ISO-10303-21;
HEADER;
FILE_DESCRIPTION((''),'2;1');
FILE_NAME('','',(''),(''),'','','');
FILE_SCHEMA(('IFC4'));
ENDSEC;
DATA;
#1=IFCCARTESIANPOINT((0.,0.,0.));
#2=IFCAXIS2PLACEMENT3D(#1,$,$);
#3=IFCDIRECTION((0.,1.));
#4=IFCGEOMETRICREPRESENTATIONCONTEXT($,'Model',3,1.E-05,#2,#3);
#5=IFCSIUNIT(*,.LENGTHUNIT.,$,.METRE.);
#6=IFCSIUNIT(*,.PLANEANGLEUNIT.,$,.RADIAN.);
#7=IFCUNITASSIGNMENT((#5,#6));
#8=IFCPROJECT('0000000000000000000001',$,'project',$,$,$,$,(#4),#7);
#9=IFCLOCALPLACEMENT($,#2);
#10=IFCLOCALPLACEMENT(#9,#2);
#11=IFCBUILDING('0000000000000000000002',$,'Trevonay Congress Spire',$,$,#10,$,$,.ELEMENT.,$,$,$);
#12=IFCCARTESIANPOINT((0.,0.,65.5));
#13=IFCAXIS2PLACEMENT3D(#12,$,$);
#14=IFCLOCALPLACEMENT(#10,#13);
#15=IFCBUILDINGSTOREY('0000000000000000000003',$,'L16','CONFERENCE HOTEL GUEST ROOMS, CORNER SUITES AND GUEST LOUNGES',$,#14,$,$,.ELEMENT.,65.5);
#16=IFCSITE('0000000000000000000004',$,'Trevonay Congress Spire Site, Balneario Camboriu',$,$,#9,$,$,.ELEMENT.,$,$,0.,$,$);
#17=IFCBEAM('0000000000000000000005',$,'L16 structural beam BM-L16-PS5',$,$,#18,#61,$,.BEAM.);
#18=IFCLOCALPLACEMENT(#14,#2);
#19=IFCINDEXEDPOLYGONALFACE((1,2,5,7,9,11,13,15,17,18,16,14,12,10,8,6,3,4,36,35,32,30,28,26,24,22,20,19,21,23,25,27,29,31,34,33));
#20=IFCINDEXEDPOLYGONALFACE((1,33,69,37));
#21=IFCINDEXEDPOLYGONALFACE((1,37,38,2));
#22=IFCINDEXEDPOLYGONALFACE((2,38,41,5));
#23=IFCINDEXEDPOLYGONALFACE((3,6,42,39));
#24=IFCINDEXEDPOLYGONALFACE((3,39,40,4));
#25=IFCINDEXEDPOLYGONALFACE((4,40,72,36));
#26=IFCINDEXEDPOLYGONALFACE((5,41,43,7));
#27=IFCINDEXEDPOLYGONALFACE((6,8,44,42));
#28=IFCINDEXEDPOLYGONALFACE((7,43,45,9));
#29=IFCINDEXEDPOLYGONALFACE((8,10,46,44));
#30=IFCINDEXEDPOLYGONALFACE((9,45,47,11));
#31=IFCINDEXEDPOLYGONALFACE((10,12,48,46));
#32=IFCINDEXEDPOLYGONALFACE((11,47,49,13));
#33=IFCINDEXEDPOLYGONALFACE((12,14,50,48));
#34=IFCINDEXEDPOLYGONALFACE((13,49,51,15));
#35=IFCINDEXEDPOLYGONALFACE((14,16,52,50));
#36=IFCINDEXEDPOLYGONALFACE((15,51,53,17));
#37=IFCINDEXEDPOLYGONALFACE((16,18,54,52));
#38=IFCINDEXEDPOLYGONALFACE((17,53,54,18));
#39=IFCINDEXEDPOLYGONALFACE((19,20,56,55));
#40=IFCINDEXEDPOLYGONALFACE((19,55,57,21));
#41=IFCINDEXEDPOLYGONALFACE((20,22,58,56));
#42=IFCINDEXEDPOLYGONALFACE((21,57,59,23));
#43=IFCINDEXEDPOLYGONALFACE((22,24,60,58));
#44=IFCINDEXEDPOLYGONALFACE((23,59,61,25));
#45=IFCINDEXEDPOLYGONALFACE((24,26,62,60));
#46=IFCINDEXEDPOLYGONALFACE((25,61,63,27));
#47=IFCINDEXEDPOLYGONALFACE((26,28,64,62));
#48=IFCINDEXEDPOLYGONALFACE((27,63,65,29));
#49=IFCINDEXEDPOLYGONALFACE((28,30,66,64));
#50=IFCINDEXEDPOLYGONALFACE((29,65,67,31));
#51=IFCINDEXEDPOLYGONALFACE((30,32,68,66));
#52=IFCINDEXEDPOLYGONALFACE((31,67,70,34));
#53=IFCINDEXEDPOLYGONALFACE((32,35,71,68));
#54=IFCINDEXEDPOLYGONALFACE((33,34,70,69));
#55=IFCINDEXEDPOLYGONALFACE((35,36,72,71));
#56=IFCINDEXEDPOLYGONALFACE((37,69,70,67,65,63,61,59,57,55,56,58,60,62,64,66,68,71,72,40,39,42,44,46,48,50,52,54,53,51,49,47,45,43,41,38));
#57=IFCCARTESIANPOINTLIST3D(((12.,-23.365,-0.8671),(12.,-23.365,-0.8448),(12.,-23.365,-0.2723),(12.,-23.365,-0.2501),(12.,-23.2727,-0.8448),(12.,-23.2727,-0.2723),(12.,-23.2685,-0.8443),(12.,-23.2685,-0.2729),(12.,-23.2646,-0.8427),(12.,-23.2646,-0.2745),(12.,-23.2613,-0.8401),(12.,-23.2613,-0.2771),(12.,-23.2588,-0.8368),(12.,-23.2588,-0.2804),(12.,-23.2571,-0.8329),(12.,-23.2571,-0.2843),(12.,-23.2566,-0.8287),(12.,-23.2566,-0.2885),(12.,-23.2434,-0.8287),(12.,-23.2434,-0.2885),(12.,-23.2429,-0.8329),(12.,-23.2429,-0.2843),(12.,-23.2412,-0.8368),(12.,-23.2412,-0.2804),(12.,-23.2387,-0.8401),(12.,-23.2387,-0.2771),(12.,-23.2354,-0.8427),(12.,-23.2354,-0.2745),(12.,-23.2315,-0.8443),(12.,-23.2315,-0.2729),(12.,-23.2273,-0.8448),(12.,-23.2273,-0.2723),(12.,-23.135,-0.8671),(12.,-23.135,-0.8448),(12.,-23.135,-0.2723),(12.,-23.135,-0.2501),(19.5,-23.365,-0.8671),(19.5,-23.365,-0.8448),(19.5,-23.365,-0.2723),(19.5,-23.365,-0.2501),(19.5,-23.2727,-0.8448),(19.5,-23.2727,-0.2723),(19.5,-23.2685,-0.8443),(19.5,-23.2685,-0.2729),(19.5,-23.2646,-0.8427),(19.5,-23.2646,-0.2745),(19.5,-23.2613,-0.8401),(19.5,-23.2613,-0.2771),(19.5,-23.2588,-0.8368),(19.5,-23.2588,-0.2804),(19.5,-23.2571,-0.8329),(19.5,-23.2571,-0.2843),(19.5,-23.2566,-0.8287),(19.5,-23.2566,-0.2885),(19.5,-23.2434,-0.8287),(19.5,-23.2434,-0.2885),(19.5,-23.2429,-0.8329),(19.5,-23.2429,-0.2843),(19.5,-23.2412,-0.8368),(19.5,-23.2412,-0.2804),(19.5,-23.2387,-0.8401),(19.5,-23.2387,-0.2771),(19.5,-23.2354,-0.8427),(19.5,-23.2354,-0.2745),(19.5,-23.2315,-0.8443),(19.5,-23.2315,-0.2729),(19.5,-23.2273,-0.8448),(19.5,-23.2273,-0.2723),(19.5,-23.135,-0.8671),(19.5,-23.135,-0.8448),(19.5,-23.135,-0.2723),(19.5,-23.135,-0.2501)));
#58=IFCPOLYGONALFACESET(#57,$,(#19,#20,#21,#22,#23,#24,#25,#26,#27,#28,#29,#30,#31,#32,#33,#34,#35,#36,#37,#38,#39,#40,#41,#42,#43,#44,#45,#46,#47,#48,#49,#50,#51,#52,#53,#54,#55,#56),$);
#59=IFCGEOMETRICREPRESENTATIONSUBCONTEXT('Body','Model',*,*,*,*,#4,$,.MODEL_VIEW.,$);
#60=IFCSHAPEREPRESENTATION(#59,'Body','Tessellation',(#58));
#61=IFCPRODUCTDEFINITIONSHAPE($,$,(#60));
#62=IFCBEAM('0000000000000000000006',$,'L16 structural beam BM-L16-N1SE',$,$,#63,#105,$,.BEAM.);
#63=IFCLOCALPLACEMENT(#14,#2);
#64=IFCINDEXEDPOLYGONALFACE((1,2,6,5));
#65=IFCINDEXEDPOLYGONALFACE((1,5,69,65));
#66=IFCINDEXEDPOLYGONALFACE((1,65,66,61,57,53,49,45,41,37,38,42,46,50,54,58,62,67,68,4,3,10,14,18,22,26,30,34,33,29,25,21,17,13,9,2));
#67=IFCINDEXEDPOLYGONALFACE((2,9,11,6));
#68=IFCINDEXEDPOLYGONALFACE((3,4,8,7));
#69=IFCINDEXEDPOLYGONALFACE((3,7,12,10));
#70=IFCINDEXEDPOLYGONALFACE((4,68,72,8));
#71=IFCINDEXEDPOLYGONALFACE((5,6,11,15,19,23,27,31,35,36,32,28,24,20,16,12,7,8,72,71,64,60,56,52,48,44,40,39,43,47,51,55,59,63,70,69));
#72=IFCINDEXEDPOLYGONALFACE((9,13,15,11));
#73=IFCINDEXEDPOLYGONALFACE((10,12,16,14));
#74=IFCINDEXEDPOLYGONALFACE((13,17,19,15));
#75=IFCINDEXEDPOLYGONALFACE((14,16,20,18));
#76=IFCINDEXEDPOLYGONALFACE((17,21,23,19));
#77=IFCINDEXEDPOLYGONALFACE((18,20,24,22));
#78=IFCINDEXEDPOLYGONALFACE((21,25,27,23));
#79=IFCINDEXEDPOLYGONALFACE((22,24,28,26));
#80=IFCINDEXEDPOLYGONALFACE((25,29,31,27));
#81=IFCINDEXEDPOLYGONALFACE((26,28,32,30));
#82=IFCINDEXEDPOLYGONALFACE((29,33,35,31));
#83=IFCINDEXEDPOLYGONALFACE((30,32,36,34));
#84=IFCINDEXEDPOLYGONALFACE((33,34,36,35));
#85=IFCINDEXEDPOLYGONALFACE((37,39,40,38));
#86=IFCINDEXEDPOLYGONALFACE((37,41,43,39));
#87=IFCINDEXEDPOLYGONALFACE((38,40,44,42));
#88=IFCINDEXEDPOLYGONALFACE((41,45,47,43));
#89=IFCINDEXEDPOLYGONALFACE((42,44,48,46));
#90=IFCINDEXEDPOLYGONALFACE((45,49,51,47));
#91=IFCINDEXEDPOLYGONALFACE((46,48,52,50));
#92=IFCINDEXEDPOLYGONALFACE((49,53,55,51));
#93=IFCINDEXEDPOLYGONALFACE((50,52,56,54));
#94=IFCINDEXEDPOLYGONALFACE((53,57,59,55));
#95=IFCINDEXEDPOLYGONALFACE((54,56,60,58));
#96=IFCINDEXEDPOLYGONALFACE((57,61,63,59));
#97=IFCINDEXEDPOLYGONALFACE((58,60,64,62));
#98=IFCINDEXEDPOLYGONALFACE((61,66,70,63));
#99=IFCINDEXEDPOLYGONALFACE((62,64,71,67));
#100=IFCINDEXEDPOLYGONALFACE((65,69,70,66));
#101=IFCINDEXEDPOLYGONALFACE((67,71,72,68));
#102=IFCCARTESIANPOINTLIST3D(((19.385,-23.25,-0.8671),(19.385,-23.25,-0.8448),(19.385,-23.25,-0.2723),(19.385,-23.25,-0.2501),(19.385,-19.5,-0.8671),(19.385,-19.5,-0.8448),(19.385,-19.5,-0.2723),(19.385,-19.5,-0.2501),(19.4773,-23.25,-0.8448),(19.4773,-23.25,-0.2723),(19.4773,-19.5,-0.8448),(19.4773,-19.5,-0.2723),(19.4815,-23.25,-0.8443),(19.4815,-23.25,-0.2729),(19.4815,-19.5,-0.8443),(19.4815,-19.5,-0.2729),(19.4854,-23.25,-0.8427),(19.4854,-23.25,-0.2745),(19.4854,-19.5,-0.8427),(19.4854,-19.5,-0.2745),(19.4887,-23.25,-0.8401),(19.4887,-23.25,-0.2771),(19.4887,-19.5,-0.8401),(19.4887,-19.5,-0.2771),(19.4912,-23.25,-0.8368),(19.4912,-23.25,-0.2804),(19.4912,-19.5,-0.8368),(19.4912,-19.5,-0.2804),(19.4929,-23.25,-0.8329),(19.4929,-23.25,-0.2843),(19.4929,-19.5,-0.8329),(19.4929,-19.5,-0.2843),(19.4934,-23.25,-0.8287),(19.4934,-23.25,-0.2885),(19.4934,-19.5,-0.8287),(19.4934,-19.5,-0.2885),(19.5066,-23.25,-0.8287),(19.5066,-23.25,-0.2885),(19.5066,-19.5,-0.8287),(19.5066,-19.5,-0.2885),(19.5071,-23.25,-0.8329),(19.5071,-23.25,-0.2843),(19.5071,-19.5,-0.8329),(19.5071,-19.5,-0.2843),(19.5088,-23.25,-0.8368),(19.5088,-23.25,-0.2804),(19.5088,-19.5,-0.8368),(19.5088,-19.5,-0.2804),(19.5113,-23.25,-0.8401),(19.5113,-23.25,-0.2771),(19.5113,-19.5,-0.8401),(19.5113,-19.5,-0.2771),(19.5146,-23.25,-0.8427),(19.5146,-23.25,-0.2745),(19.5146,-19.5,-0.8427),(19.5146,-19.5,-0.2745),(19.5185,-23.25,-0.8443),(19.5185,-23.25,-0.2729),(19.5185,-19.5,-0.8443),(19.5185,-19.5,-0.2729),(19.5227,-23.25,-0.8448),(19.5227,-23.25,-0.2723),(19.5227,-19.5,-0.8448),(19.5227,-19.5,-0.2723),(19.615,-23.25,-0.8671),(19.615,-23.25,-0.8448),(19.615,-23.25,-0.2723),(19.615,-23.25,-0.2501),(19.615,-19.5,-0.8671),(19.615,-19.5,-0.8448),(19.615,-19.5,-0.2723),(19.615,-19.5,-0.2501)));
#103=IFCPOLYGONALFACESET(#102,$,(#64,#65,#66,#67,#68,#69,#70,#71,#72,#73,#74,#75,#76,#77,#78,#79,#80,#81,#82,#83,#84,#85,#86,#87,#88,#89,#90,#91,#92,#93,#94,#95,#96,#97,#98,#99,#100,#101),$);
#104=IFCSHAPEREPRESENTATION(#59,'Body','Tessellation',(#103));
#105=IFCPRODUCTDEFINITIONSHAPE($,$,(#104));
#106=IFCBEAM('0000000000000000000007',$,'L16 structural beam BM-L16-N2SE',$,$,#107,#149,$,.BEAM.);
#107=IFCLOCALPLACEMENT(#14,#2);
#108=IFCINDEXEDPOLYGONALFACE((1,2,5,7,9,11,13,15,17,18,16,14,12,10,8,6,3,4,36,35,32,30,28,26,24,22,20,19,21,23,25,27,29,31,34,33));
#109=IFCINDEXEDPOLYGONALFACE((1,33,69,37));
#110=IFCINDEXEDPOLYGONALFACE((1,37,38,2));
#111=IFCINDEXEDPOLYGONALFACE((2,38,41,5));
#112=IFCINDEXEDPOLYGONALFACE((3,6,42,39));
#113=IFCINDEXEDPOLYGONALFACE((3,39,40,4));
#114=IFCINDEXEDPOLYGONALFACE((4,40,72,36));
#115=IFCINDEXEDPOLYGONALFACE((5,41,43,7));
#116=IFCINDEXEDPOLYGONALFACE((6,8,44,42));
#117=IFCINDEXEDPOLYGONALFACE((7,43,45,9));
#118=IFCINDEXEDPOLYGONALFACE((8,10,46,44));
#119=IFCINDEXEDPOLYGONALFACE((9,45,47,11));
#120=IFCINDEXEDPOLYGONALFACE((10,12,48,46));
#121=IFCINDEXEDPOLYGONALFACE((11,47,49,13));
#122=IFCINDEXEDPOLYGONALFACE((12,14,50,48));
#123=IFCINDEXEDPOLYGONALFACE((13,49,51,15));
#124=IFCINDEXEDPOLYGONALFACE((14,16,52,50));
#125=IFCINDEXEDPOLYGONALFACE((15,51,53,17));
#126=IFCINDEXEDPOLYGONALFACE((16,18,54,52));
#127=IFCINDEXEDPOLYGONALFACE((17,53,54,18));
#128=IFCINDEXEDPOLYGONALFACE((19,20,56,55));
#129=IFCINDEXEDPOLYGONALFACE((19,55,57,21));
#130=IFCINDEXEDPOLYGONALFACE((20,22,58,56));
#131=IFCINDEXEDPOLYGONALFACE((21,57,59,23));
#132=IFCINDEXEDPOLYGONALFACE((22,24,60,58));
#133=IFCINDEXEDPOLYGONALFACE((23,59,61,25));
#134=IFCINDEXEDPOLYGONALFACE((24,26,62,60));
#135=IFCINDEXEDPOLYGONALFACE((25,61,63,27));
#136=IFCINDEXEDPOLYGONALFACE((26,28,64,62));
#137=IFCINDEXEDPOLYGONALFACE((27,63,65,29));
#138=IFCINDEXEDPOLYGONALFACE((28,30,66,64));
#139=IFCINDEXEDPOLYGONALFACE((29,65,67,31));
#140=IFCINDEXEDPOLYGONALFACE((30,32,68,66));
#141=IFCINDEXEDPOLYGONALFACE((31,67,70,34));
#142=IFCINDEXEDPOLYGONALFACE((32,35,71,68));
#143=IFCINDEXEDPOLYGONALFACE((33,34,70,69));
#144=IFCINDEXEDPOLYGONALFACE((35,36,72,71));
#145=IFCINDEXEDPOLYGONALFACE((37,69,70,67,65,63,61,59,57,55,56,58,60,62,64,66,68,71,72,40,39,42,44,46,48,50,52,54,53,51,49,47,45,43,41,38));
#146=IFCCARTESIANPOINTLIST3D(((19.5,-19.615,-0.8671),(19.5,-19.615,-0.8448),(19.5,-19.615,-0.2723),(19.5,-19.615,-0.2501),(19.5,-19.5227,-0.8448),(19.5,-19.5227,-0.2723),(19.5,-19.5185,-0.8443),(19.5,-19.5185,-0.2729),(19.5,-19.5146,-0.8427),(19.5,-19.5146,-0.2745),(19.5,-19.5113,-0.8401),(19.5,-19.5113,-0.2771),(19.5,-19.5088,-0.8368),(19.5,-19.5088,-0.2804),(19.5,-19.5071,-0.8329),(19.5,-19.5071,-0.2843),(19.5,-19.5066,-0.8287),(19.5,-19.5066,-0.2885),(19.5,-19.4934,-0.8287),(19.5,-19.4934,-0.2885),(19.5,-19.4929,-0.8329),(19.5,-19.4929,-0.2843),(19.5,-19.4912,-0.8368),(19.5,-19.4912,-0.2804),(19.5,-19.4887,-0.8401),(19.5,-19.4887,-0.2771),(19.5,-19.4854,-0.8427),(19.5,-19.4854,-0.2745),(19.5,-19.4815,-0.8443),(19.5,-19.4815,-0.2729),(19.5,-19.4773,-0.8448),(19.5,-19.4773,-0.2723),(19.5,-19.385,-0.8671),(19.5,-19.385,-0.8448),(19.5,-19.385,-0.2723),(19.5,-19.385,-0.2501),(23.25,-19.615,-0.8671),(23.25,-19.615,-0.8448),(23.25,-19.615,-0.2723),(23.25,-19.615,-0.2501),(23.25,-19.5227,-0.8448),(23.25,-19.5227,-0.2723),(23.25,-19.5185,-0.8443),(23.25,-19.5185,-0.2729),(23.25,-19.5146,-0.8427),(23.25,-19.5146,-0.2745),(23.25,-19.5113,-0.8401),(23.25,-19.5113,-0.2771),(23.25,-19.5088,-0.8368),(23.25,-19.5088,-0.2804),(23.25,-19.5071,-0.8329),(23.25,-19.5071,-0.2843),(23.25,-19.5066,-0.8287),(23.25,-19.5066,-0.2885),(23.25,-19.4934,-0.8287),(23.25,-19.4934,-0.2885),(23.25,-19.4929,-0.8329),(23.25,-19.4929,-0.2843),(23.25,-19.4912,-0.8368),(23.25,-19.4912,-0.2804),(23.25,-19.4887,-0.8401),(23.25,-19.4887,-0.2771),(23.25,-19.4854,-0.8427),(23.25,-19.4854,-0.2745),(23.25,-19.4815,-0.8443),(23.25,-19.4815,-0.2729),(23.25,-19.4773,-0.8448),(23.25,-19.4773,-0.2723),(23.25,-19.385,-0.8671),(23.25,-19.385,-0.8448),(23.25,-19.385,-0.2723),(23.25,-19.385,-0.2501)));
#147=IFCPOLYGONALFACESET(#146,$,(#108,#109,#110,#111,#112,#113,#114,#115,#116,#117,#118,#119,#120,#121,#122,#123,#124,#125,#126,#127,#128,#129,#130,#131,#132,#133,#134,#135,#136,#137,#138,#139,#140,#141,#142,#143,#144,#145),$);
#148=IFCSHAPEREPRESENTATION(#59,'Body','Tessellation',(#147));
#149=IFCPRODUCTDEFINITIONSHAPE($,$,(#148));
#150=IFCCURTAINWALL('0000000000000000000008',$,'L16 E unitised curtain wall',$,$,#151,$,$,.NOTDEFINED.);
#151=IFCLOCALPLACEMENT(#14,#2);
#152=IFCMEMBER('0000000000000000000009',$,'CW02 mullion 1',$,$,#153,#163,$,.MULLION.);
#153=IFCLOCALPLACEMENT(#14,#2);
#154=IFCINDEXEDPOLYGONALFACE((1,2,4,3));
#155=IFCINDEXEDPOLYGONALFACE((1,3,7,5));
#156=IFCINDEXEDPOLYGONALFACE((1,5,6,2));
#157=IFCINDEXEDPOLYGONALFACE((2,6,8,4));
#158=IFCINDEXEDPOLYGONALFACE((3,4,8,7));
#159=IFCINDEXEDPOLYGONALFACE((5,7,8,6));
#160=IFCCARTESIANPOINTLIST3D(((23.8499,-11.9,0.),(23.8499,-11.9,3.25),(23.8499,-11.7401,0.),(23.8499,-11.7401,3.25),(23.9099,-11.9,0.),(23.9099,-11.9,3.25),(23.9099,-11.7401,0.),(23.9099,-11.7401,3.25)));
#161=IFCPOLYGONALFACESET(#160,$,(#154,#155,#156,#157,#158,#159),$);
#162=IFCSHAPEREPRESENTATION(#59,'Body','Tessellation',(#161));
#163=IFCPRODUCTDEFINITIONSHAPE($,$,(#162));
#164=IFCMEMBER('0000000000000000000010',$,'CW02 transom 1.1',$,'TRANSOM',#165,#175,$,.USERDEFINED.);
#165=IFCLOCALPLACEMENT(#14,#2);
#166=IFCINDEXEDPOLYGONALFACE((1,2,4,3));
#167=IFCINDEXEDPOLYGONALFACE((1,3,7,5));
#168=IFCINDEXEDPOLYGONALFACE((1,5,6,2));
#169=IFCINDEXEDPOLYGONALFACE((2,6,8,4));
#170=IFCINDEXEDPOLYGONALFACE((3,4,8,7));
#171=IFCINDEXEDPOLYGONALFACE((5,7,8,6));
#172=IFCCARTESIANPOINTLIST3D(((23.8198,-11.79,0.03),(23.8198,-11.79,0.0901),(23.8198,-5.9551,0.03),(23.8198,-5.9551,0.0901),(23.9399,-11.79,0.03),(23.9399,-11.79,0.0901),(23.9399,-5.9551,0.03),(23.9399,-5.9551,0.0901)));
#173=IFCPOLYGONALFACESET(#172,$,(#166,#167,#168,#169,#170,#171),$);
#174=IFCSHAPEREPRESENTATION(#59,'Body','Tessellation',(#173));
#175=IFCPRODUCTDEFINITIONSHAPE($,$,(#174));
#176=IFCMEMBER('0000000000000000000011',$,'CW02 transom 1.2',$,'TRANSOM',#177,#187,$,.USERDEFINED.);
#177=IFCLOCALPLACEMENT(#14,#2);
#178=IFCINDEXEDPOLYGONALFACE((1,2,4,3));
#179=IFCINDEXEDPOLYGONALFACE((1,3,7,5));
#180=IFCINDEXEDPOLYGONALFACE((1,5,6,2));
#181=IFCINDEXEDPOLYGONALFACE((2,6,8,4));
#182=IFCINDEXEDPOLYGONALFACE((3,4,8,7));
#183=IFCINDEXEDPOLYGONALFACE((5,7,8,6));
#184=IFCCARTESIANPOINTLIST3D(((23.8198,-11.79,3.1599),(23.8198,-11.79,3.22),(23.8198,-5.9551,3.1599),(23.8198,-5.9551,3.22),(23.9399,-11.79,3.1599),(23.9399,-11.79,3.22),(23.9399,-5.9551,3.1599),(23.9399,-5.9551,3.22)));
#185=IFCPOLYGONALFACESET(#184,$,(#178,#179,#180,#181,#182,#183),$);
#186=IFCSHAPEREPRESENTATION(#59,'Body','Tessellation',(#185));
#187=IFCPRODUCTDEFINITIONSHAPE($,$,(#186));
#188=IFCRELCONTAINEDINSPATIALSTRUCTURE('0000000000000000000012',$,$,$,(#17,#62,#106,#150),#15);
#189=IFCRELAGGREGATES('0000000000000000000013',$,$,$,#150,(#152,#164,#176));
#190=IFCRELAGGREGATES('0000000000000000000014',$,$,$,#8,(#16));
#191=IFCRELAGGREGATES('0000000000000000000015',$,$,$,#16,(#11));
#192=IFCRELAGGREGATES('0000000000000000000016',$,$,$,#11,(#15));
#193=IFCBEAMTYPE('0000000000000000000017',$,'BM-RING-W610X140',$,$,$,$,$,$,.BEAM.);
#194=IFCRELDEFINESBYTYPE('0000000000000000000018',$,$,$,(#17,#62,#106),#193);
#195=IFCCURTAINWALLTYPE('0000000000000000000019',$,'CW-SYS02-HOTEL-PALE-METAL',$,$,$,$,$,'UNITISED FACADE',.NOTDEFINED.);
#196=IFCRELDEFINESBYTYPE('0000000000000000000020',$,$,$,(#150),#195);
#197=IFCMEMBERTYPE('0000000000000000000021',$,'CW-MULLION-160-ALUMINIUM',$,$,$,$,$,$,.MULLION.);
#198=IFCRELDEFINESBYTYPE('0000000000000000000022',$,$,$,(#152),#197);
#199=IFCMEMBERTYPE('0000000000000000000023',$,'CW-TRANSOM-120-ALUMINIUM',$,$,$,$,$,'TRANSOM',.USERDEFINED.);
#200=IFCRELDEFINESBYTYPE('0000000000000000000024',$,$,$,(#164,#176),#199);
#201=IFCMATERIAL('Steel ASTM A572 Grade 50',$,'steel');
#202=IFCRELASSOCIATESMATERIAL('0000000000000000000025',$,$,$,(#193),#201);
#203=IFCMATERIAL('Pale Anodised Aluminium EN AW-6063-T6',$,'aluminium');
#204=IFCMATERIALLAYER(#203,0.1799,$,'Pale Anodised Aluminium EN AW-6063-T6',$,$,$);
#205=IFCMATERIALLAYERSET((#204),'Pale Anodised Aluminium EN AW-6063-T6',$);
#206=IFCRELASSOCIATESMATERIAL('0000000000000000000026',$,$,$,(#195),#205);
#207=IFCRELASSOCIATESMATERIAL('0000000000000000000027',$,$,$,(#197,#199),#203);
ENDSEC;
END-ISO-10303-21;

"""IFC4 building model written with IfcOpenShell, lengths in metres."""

from ifc_helpers import new_model, si_unit, direction, frame, origin, origin_2d, place, context, subcontext, project, spatial, rectangle, i_section, extrude, material, layer, layer_set, material_profile, profile_set, type_object, element, aggregate, save


model = new_model("IFC4")

# Units and contexts
model_context = context("Model", 3, precision=1e-05, world=origin(), true_north=direction((0.0, 1.0)))
body_context = subcontext(model_context, "Body", "Model", "MODEL_VIEW")
ifc_project = project(units=[si_unit("LENGTHUNIT", "METRE"), si_unit("PLANEANGLEUNIT", "RADIAN")], contexts=[model_context])

# Site, building, storey
site_placement = place(None, origin())
site = spatial("IfcSite", under=ifc_project, at=site_placement, Name="Trevonay Congress Spire Site, Balneario Camboriu", CompositionType="ELEMENT", RefElevation=0.0)
building_placement = place(site_placement, origin())
building = spatial("IfcBuilding", under=site, at=building_placement, Name="Trevonay Congress Spire", CompositionType="ELEMENT")
storey_placement = place(building_placement, frame((0.0, 0.0, 65.5)))
storey = spatial("IfcBuildingStorey", under=building, at=storey_placement, Name="L16", Description="CONFERENCE HOTEL GUEST ROOMS, CORNER SUITES AND GUEST LOUNGES", CompositionType="ELEMENT", Elevation=65.5)

# Shared definitions
ifc_material_1 = material(Name="Steel ASTM A572 Grade 50", Category="steel")

# Beams
ifc_material_profile_1 = material_profile(ifc_material_1, i_section(OverallWidth=0.23, OverallDepth=0.6169, WebThickness=0.0132, FlangeThickness=0.0222, FilletRadius=0.0161, at=origin_2d()), Name="W610x140")
ifc_profile_set_1 = profile_set([ifc_material_profile_1], Name="Steel ASTM A572 Grade 50")
beam_type = type_object("IfcBeamType", Name="BM-RING-W610X140", PredefinedType="BEAM", material=ifc_profile_set_1)
beam_1_placement = place(storey_placement, frame((12.0, -23.25, -0.5586), z_axis=(1.0, 0.0, 0.0), x_axis=(0.0, 1.0, 0.0)))
element("IfcBeam", 1, at=beam_1_placement, inside=storey, type_object=beam_type, Name="L16 structural beam BM-L16-PS5", PredefinedType="BEAM", context=body_context, shape_type="SweptSolid", body=[
    extrude(i_section(OverallWidth=0.23, OverallDepth=0.6169, WebThickness=0.0132, FlangeThickness=0.0222, FilletRadius=0.0161, at=origin_2d()), origin(), (0.0, 0.0, 1.0), 7.5),
])
for number, where, z_axis, x_axis, name in (
    (2, (19.5, -23.25, -0.5586), (0.0, 1.0, 0.0), (-1.0, 0.0, 0.0), "L16 structural beam BM-L16-N1SE"),
    (3, (23.25, -19.5, -0.5586), (-1.0, 0.0, 0.0), (0.0, -1.0, 0.0), "L16 structural beam BM-L16-N2SE"),
):
    element("IfcBeam", number, at=place(storey_placement, frame(where, z_axis=z_axis, x_axis=x_axis)), inside=storey, type_object=beam_type, Name=name, PredefinedType="BEAM", context=body_context, shape_type="SweptSolid", body=[
        extrude(i_section(OverallWidth=0.23, OverallDepth=0.6169, WebThickness=0.0132, FlangeThickness=0.0222, FilletRadius=0.0161, at=origin_2d()), origin(), (0.0, 0.0, 1.0), 3.75),
    ])

# Curtain wall, members
ifc_material_2 = material(Name="Pale Anodised Aluminium EN AW-6063-T6", Category="aluminium")
ifc_layer_1 = layer(ifc_material_2, 0.1799, Name="Pale Anodised Aluminium EN AW-6063-T6")
ifc_layer_set_1 = layer_set([ifc_layer_1], Name="Pale Anodised Aluminium EN AW-6063-T6")
curtain_wall_type = type_object("IfcCurtainWallType", Name="CW-SYS02-HOTEL-PALE-METAL", ElementType="UNITISED FACADE", PredefinedType="NOTDEFINED", material=ifc_layer_set_1)
curtain_wall_placement = place(storey_placement, origin())
curtain_wall = element("IfcCurtainWall", 4, at=curtain_wall_placement, inside=storey, type_object=curtain_wall_type, Name="L16 E unitised curtain wall", PredefinedType="NOTDEFINED")
ifc_material_profile_2 = material_profile(ifc_material_2, rectangle(XDim=0.0601, YDim=0.1599, at=origin_2d()), Name="CW-MULLION-160-ALUMINIUM")
ifc_profile_set_2 = profile_set([ifc_material_profile_2], Name="Pale Anodised Aluminium EN AW-6063-T6")
member_type_1 = type_object("IfcMemberType", Name="CW-MULLION-160-ALUMINIUM", PredefinedType="MULLION", material=ifc_profile_set_2)
member_1_placement = place(storey_placement, frame((23.8799, -11.8201, 0.0), z_axis=(0.0, 0.0, 1.0), x_axis=(-1.0, 0.0, 0.0)))
member_1 = element("IfcMember", 5, at=member_1_placement, type_object=member_type_1, Name="CW02 mullion 1", PredefinedType="MULLION", context=body_context, shape_type="SweptSolid", body=[
    extrude(rectangle(XDim=0.0601, YDim=0.1599, at=origin_2d()), origin(), (0.0, 0.0, 1.0), 3.25),
])
ifc_material_profile_3 = material_profile(ifc_material_2, rectangle(XDim=0.1201, YDim=0.0601, at=origin_2d()), Name="CW-TRANSOM-120-ALUMINIUM")
ifc_profile_set_3 = profile_set([ifc_material_profile_3], Name="Pale Anodised Aluminium EN AW-6063-T6")
member_type_2 = type_object("IfcMemberType", Name="CW-TRANSOM-120-ALUMINIUM", ElementType="TRANSOM", PredefinedType="USERDEFINED", material=ifc_profile_set_3)
member_2_placement = place(storey_placement, frame((23.8799, -11.79, 0.0601), z_axis=(0.0, 1.0, 0.0), x_axis=(-1.0, 0.0, 0.0)))
member_2 = element("IfcMember", 6, at=member_2_placement, type_object=member_type_2, Name="CW02 transom 1.1", ObjectType="TRANSOM", PredefinedType="USERDEFINED", context=body_context, shape_type="SweptSolid", body=[
    extrude(rectangle(XDim=0.1201, YDim=0.0601, at=origin_2d()), origin(), (0.0, 0.0, 1.0), 5.835),
])
member_3_placement = place(storey_placement, frame((23.8799, -11.79, 3.1899), z_axis=(0.0, 1.0, 0.0), x_axis=(-1.0, 0.0, 0.0)))
member_3 = element("IfcMember", 7, at=member_3_placement, type_object=member_type_2, Name="CW02 transom 1.2", ObjectType="TRANSOM", PredefinedType="USERDEFINED", context=body_context, shape_type="SweptSolid", body=[
    extrude(rectangle(XDim=0.1201, YDim=0.0601, at=origin_2d()), origin(), (0.0, 0.0, 1.0), 5.835),
])

aggregate(curtain_wall, [member_1, member_2, member_3])

save(model, "model.ifc")
